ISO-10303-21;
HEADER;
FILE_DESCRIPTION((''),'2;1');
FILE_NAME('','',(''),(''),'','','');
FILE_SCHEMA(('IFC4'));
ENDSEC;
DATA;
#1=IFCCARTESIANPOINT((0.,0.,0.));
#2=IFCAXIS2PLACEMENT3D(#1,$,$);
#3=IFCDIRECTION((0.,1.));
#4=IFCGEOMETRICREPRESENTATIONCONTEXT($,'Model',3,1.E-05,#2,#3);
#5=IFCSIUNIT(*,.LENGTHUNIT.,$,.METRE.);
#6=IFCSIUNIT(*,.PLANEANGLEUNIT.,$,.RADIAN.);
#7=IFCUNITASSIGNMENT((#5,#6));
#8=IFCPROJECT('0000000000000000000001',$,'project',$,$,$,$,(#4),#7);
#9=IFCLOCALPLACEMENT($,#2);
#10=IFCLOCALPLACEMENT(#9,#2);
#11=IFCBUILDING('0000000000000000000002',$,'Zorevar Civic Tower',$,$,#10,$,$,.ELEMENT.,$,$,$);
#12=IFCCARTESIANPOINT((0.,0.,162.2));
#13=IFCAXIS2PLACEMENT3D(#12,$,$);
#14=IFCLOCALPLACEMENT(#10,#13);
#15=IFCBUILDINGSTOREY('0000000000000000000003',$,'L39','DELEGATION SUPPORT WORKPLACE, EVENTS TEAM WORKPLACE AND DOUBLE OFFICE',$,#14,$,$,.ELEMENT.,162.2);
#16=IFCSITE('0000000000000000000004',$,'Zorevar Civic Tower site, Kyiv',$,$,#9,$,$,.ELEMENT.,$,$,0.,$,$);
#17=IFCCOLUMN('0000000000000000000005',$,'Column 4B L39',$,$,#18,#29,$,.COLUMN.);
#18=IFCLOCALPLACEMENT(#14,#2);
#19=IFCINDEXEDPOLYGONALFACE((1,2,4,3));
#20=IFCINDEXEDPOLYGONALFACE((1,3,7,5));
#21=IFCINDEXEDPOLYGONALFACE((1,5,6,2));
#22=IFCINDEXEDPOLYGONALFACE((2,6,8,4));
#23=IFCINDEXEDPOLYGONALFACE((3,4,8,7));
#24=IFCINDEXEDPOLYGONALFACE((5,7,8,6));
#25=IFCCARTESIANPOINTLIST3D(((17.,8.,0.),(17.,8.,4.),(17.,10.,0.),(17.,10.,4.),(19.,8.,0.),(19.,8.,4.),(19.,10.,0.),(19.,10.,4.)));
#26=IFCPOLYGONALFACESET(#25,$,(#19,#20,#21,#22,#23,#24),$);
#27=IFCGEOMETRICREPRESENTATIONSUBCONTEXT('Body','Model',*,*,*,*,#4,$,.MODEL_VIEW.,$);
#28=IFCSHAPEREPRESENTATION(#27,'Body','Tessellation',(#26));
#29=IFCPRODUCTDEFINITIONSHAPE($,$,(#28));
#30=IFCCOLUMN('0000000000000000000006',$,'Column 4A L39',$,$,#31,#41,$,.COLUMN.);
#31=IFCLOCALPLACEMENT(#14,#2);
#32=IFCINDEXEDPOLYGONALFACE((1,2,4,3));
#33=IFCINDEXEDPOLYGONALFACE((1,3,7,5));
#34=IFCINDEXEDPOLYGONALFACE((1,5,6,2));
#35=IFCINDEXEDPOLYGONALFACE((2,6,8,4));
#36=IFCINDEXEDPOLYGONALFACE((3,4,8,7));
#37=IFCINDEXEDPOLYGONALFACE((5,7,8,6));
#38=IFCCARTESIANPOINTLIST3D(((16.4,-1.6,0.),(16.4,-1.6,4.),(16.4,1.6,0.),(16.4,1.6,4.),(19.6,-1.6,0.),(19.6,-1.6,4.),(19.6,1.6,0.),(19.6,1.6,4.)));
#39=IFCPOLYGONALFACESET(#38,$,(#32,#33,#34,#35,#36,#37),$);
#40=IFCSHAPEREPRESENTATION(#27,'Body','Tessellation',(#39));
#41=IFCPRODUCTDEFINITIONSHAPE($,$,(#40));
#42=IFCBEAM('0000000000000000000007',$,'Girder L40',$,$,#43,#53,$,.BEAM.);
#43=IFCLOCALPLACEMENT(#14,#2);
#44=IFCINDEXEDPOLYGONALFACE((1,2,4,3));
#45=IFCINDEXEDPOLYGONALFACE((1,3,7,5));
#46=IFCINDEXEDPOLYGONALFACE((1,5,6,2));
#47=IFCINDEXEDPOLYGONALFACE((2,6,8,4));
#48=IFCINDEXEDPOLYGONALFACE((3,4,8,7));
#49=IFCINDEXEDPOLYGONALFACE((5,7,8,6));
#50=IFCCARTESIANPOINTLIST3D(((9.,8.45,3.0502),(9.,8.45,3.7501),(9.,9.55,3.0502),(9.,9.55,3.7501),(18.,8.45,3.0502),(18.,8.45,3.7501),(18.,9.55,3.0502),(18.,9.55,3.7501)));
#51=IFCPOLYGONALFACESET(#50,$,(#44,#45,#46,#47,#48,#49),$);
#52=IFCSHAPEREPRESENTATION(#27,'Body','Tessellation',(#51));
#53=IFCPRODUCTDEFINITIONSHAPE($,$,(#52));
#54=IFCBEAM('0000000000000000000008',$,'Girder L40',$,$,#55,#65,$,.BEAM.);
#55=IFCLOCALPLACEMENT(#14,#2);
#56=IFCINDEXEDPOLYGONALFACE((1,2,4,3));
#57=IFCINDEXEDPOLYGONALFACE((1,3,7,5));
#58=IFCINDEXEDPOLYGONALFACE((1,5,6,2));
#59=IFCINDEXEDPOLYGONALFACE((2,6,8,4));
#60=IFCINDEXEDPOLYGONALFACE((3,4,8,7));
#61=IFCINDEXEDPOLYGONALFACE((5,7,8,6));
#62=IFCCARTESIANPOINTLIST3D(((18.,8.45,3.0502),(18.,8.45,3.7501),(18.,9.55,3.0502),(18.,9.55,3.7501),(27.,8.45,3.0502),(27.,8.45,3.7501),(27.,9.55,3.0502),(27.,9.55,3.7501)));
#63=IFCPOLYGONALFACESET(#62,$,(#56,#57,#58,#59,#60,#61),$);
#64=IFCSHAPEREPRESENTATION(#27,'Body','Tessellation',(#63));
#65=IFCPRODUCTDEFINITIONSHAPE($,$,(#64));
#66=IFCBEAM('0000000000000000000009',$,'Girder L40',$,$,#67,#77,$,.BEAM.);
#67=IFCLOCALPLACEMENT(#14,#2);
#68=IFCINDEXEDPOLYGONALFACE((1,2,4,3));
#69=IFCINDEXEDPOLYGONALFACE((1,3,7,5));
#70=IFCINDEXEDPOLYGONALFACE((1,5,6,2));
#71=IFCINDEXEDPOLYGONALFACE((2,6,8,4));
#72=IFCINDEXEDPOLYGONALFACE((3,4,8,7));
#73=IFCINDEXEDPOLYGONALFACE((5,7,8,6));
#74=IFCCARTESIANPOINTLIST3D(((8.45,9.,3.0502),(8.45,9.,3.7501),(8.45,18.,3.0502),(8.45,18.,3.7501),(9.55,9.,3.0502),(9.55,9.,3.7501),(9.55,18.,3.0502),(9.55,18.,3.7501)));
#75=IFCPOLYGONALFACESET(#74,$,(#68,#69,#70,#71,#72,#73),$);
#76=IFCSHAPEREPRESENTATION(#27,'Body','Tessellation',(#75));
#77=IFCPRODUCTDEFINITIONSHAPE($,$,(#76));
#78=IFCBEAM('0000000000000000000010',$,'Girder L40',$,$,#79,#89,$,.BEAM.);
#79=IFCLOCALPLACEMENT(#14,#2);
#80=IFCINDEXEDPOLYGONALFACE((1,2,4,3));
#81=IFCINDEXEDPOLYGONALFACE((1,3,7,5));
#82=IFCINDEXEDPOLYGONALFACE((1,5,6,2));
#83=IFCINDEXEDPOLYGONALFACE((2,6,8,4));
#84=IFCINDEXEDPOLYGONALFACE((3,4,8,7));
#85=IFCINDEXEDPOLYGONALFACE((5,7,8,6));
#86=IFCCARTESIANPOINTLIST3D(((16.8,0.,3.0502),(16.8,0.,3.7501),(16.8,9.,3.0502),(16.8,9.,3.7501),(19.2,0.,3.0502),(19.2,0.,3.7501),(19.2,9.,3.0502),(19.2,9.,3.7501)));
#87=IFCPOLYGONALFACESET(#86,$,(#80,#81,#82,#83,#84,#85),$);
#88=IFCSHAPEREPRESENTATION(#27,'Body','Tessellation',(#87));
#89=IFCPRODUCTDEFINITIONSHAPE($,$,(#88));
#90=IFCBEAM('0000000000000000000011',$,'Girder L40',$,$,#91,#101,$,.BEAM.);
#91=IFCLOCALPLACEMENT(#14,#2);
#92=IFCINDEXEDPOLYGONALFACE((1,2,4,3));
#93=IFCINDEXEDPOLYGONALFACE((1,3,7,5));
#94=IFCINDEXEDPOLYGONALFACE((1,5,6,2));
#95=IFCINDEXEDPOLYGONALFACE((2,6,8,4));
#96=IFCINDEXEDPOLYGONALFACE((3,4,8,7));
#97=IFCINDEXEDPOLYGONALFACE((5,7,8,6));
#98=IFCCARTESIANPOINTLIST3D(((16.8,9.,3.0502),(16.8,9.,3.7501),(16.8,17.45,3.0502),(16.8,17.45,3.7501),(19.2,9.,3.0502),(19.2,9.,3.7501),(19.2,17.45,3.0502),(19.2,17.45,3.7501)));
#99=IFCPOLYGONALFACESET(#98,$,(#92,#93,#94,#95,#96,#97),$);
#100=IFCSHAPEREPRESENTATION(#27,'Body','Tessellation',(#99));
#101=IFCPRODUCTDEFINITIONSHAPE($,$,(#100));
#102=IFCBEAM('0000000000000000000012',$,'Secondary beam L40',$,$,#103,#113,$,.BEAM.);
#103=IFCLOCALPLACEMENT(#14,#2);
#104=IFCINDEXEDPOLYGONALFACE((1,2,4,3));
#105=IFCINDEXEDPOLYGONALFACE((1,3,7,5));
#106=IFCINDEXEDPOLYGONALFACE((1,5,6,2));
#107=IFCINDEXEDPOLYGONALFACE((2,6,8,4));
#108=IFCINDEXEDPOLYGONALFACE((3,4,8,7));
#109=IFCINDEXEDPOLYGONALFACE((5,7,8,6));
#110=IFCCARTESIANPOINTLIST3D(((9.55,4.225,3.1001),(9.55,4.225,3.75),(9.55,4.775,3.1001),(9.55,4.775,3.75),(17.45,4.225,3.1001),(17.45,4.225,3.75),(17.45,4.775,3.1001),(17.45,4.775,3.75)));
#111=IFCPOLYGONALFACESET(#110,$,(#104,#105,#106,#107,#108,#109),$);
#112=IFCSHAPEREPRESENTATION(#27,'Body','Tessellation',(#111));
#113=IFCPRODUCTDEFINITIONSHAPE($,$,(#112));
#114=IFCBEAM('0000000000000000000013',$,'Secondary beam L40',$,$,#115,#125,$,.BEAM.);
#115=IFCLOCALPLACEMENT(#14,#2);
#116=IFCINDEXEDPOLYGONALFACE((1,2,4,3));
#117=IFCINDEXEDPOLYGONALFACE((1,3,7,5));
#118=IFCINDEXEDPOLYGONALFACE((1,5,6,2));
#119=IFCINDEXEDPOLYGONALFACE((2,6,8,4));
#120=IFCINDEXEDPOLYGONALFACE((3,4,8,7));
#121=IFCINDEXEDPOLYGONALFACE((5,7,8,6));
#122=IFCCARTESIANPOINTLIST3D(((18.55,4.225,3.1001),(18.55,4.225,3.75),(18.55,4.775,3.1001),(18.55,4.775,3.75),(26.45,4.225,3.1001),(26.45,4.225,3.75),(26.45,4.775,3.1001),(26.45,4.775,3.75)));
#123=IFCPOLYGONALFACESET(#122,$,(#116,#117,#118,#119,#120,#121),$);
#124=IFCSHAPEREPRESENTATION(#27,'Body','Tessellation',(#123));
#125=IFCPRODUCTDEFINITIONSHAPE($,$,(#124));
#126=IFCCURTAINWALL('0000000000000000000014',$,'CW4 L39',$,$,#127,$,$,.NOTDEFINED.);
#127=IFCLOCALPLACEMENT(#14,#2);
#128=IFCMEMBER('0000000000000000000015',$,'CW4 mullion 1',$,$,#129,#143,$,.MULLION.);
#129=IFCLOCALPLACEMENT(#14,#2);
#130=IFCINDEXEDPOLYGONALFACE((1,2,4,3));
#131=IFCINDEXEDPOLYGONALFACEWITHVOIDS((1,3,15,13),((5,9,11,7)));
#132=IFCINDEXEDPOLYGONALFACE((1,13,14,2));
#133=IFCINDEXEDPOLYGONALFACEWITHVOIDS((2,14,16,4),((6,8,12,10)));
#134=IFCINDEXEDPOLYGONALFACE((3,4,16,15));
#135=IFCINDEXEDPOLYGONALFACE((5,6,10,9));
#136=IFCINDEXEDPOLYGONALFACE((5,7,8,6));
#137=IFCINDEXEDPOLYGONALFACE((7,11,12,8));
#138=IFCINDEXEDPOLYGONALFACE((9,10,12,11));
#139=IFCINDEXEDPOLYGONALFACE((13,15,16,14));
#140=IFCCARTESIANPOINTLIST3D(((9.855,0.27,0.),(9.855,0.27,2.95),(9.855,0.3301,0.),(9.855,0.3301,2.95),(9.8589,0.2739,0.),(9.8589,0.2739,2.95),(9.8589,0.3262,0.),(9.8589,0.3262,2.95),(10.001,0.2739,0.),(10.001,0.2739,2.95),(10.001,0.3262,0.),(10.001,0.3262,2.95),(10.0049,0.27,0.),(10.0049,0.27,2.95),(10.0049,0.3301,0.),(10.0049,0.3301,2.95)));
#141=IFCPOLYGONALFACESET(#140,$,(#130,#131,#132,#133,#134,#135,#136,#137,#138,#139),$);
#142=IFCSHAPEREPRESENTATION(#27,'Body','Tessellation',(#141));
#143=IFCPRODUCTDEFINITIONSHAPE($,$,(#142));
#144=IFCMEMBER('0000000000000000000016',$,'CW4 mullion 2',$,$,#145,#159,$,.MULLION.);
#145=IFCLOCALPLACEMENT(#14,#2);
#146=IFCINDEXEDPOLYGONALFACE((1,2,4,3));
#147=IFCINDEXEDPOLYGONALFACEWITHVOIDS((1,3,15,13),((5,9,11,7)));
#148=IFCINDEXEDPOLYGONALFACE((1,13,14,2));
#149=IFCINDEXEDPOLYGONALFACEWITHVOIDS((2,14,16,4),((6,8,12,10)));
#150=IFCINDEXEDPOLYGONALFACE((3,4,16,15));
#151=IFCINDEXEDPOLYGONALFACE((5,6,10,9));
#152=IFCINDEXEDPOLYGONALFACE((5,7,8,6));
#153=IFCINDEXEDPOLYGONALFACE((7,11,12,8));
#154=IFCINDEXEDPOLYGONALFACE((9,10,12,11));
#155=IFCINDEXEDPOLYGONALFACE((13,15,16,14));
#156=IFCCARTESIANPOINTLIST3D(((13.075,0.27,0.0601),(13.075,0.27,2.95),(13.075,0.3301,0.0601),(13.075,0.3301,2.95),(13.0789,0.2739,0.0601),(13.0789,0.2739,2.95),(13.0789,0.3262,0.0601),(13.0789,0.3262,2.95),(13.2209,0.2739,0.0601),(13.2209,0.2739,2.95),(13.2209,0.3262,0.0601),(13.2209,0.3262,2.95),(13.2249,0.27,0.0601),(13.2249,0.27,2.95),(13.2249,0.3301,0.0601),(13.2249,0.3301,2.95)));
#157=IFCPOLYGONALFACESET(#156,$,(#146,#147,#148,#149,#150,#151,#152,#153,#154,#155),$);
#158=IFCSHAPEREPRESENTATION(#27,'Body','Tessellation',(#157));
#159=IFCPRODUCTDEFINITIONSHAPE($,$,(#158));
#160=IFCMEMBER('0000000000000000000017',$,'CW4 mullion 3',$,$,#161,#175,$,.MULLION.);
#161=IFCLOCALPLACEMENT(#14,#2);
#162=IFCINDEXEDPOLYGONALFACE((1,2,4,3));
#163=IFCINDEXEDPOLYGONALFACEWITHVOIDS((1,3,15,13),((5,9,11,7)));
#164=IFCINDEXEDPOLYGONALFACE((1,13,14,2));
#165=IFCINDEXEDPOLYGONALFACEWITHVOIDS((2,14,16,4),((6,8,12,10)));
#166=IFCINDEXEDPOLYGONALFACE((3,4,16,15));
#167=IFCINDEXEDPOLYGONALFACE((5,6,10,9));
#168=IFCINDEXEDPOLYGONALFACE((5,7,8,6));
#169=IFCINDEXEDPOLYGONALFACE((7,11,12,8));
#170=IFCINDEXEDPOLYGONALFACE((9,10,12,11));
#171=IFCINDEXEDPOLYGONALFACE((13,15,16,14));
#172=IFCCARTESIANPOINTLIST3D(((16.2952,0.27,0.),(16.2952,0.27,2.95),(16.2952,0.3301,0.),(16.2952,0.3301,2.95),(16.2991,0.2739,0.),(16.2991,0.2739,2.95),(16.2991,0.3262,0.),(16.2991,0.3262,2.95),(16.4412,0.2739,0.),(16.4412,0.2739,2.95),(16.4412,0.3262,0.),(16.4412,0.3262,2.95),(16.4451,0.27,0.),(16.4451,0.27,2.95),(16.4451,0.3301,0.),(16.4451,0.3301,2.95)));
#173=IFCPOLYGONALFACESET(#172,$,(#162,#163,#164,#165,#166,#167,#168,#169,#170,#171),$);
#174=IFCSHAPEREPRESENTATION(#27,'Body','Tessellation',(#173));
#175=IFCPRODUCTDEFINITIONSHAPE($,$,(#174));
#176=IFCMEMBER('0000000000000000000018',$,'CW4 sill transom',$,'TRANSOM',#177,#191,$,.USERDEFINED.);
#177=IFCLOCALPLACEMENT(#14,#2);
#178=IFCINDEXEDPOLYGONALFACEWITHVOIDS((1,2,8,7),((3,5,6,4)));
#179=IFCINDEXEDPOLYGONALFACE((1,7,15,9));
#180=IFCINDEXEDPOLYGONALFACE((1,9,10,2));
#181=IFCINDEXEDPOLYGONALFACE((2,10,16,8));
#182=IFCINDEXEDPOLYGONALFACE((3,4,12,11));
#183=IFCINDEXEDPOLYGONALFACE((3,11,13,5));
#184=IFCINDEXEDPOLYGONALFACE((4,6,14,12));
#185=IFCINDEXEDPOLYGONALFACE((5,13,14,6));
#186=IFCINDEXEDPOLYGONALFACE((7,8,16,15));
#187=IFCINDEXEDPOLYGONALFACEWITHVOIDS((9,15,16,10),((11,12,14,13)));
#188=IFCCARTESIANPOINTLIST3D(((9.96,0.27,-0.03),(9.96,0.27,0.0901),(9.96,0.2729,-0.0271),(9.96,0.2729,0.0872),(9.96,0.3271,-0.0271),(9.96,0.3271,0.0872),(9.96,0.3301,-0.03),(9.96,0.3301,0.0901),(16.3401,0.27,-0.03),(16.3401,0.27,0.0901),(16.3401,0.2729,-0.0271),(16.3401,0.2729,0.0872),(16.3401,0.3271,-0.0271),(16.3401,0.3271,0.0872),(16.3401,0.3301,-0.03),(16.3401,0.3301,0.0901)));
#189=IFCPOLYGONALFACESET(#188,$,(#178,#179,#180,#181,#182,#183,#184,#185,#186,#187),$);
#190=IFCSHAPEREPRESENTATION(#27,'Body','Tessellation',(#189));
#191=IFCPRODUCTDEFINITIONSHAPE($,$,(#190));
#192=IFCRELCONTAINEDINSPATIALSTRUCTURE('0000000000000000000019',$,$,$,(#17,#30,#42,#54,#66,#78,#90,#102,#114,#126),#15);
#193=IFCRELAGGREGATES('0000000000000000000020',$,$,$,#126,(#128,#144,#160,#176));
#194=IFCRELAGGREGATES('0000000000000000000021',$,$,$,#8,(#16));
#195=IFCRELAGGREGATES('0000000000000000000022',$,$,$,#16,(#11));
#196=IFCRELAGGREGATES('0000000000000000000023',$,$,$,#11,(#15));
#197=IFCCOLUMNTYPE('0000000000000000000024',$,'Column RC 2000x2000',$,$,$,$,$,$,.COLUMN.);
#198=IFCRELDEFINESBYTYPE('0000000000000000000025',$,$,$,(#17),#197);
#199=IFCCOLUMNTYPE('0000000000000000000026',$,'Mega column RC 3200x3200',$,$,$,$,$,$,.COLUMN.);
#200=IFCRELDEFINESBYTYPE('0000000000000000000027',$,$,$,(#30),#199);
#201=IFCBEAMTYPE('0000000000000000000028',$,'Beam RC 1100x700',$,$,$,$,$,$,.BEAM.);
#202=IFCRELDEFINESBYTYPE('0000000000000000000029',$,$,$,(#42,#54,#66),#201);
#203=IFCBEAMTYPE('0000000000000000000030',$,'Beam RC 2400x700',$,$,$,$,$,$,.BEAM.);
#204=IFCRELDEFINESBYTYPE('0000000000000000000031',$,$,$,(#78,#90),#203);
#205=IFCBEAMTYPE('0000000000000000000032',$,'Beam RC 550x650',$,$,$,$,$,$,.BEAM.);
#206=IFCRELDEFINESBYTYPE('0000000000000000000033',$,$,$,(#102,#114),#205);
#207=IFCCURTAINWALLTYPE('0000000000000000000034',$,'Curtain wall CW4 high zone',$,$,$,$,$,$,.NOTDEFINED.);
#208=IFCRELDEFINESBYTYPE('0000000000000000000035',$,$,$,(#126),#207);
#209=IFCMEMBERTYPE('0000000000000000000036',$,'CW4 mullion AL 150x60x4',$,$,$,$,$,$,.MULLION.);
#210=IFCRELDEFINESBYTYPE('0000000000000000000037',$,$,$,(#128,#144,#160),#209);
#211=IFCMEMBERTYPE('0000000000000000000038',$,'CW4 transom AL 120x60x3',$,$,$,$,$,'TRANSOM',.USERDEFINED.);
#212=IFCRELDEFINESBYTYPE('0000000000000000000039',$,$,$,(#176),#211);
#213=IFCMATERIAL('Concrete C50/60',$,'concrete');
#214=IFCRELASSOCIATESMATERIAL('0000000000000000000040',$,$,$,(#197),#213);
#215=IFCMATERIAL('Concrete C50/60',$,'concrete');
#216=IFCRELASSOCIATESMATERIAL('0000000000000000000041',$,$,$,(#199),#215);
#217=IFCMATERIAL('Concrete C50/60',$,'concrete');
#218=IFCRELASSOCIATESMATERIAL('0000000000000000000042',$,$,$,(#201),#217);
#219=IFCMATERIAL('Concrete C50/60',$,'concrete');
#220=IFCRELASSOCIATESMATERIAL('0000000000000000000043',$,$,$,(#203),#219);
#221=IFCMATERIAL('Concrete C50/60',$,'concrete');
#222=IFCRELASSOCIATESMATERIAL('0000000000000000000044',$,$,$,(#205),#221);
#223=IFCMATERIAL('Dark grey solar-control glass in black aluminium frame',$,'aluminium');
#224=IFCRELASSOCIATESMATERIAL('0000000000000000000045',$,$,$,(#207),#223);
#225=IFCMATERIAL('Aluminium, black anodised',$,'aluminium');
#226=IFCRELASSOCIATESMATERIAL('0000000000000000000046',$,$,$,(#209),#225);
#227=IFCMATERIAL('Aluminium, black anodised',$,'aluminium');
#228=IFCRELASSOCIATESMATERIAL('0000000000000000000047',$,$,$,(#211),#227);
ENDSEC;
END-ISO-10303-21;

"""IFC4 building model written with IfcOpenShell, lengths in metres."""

from ifc_helpers import new_model, si_unit, direction, frame, origin, origin_2d, place, context, subcontext, project, spatial, rectangle, hollow_rectangle, extrude, material, material_profile, profile_set, type_object, element, aggregate, save


model = new_model("IFC4")

# Units and contexts
model_context = context("Model", 3, precision=1e-05, world=origin(), true_north=direction((0.0, 1.0)))
body_context = subcontext(model_context, "Body", "Model", "MODEL_VIEW")
ifc_project = project(units=[si_unit("LENGTHUNIT", "METRE"), si_unit("PLANEANGLEUNIT", "RADIAN")], contexts=[model_context])

# Site, building, storey
site_placement = place(None, origin())
site = spatial("IfcSite", under=ifc_project, at=site_placement, Name="Zorevar Civic Tower site, Kyiv", CompositionType="ELEMENT", RefElevation=0.0)
building_placement = place(site_placement, origin())
building = spatial("IfcBuilding", under=site, at=building_placement, Name="Zorevar Civic Tower", CompositionType="ELEMENT")
storey_placement = place(building_placement, frame((0.0, 0.0, 162.2)))
storey = spatial("IfcBuildingStorey", under=building, at=storey_placement, Name="L39", Description="DELEGATION SUPPORT WORKPLACE, EVENTS TEAM WORKPLACE AND DOUBLE OFFICE", CompositionType="ELEMENT", Elevation=162.2)

# Columns
ifc_material_1 = material(Name="Concrete C50/60", Category="concrete")
ifc_material_profile_1 = material_profile(ifc_material_1, rectangle(XDim=2.0, YDim=2.0, at=origin_2d()), Name="RC 2000x2000")
ifc_profile_set_1 = profile_set([ifc_material_profile_1], Name="Concrete C50/60")
column_type_1 = type_object("IfcColumnType", Name="Column RC 2000x2000", PredefinedType="COLUMN", material=ifc_profile_set_1)
column_1_placement = place(storey_placement, frame((18.0, 9.0, 0.0), z_axis=(0.0, 0.0, 1.0), x_axis=(1.0, 0.0, 0.0)))
element("IfcColumn", 1, at=column_1_placement, inside=storey, type_object=column_type_1, Name="Column 4B L39", PredefinedType="COLUMN", context=body_context, shape_type="SweptSolid", body=[
    extrude(rectangle(XDim=2.0, YDim=2.0, at=origin_2d()), origin(), (0.0, 0.0, 1.0), 4.0),
])
ifc_material_2 = material(Name="Concrete C50/60", Category="concrete")
ifc_material_profile_2 = material_profile(ifc_material_2, rectangle(XDim=3.2, YDim=3.2, at=origin_2d()), Name="RC 3200x3200")
ifc_profile_set_2 = profile_set([ifc_material_profile_2], Name="Concrete C50/60")
column_type_2 = type_object("IfcColumnType", Name="Mega column RC 3200x3200", PredefinedType="COLUMN", material=ifc_profile_set_2)
column_2_placement = place(storey_placement, frame((18.0, 0.0, 0.0), z_axis=(0.0, 0.0, 1.0), x_axis=(1.0, 0.0, 0.0)))
element("IfcColumn", 2, at=column_2_placement, inside=storey, type_object=column_type_2, Name="Column 4A L39", PredefinedType="COLUMN", context=body_context, shape_type="SweptSolid", body=[
    extrude(rectangle(XDim=3.2, YDim=3.2, at=origin_2d()), origin(), (0.0, 0.0, 1.0), 4.0),
])

# Beams
ifc_material_3 = material(Name="Concrete C50/60", Category="concrete")
ifc_material_profile_3 = material_profile(ifc_material_3, rectangle(XDim=1.1001, YDim=0.7, at=origin_2d()), Name="RC 1100x700")
ifc_profile_set_3 = profile_set([ifc_material_profile_3], Name="Concrete C50/60")
beam_type_1 = type_object("IfcBeamType", Name="Beam RC 1100x700", PredefinedType="BEAM", material=ifc_profile_set_3)
for number, where, z_axis, x_axis, name in (
    (3, (9.0, 9.0, 3.4001), (1.0, 0.0, 0.0), (0.0, 1.0, 0.0), "Girder L40"),
    (4, (18.0, 9.0, 3.4001), (1.0, 0.0, 0.0), (0.0, 1.0, 0.0), "Girder L40"),
    (5, (9.0, 9.0, 3.4001), (0.0, 1.0, 0.0), (-1.0, 0.0, 0.0), "Girder L40"),
):
    element("IfcBeam", number, at=place(storey_placement, frame(where, z_axis=z_axis, x_axis=x_axis)), inside=storey, type_object=beam_type_1, Name=name, PredefinedType="BEAM", context=body_context, shape_type="SweptSolid", body=[
        extrude(rectangle(XDim=1.1001, YDim=0.7, at=origin_2d()), origin(), (0.0, 0.0, 1.0), 9.0),
    ])
ifc_material_4 = material(Name="Concrete C50/60", Category="concrete")
ifc_material_profile_4 = material_profile(ifc_material_4, rectangle(XDim=2.3999, YDim=0.7, at=origin_2d()), Name="RC 2400x700")
ifc_profile_set_4 = profile_set([ifc_material_profile_4], Name="Concrete C50/60")
beam_type_2 = type_object("IfcBeamType", Name="Beam RC 2400x700", PredefinedType="BEAM", material=ifc_profile_set_4)
beam_1_placement = place(storey_placement, frame((18.0, 0.0, 3.4001), z_axis=(0.0, 1.0, 0.0), x_axis=(-1.0, 0.0, 0.0)))
element("IfcBeam", 6, at=beam_1_placement, inside=storey, type_object=beam_type_2, Name="Girder L40", PredefinedType="BEAM", context=body_context, shape_type="SweptSolid", body=[
    extrude(rectangle(XDim=2.3999, YDim=0.7, at=origin_2d()), origin(), (0.0, 0.0, 1.0), 9.0),
])
beam_2_placement = place(storey_placement, frame((18.0, 9.0, 3.4001), z_axis=(0.0, 1.0, 0.0), x_axis=(-1.0, 0.0, 0.0)))
element("IfcBeam", 7, at=beam_2_placement, inside=storey, type_object=beam_type_2, Name="Girder L40", PredefinedType="BEAM", context=body_context, shape_type="SweptSolid", body=[
    extrude(rectangle(XDim=2.3999, YDim=0.7, at=origin_2d()), origin(), (0.0, 0.0, 1.0), 8.45),
])
ifc_material_5 = material(Name="Concrete C50/60", Category="concrete")
ifc_material_profile_5 = material_profile(ifc_material_5, rectangle(XDim=0.55, YDim=0.6499, at=origin_2d()), Name="RC 550x650")
ifc_profile_set_5 = profile_set([ifc_material_profile_5], Name="Concrete C50/60")
beam_type_3 = type_object("IfcBeamType", Name="Beam RC 550x650", PredefinedType="BEAM", material=ifc_profile_set_5)
for number, where, z_axis, x_axis, name in (
    (8, (9.55, 4.5, 3.425), (1.0, 0.0, 0.0), (0.0, 1.0, 0.0), "Secondary beam L40"),
    (9, (18.55, 4.5, 3.425), (1.0, 0.0, 0.0), (0.0, 1.0, 0.0), "Secondary beam L40"),
):
    element("IfcBeam", number, at=place(storey_placement, frame(where, z_axis=z_axis, x_axis=x_axis)), inside=storey, type_object=beam_type_3, Name=name, PredefinedType="BEAM", context=body_context, shape_type="SweptSolid", body=[
        extrude(rectangle(XDim=0.55, YDim=0.6499, at=origin_2d()), origin(), (0.0, 0.0, 1.0), 7.8999),
    ])

# Curtain wall, members
ifc_material_6 = material(Name="Dark grey solar-control glass in black aluminium frame", Category="aluminium")
curtain_wall_type = type_object("IfcCurtainWallType", Name="Curtain wall CW4 high zone", PredefinedType="NOTDEFINED", material=ifc_material_6)
curtain_wall_placement = place(storey_placement, origin())
curtain_wall = element("IfcCurtainWall", 10, at=curtain_wall_placement, inside=storey, type_object=curtain_wall_type, Name="CW4 L39", PredefinedType="NOTDEFINED")
ifc_material_7 = material(Name="Aluminium, black anodised", Category="aluminium")
ifc_material_profile_6 = material_profile(ifc_material_7, hollow_rectangle(XDim=0.0601, YDim=0.1499, WallThickness=0.0039, at=origin_2d()), Name="AL 150x60x4")
ifc_profile_set_6 = profile_set([ifc_material_profile_6], Name="Aluminium, black anodised")
member_type_1 = type_object("IfcMemberType", Name="CW4 mullion AL 150x60x4", PredefinedType="MULLION", material=ifc_profile_set_6)
member_1_placement = place(storey_placement, frame((9.9299, 0.3, 0.0), z_axis=(0.0, 0.0, 1.0), x_axis=(0.0, 1.0, 0.0)))
member_1 = element("IfcMember", 11, at=member_1_placement, type_object=member_type_1, Name="CW4 mullion 1", PredefinedType="MULLION", context=body_context, shape_type="SweptSolid", body=[
    extrude(hollow_rectangle(XDim=0.0601, YDim=0.1499, WallThickness=0.0039, at=origin_2d()), origin(), (0.0, 0.0, 1.0), 2.95),
])
member_2_placement = place(storey_placement, frame((13.1499, 0.3, 0.0601), z_axis=(0.0, 0.0, 1.0), x_axis=(0.0, 1.0, 0.0)))
member_2 = element("IfcMember", 12, at=member_2_placement, type_object=member_type_1, Name="CW4 mullion 2", PredefinedType="MULLION", context=body_context, shape_type="SweptSolid", body=[
    extrude(hollow_rectangle(XDim=0.0601, YDim=0.1499, WallThickness=0.0039, at=origin_2d()), origin(), (0.0, 0.0, 1.0), 2.8899),
])
member_3_placement = place(storey_placement, frame((16.3701, 0.3, 0.0), z_axis=(0.0, 0.0, 1.0), x_axis=(0.0, 1.0, 0.0)))
member_3 = element("IfcMember", 13, at=member_3_placement, type_object=member_type_1, Name="CW4 mullion 3", PredefinedType="MULLION", context=body_context, shape_type="SweptSolid", body=[
    extrude(hollow_rectangle(XDim=0.0601, YDim=0.1499, WallThickness=0.0039, at=origin_2d()), origin(), (0.0, 0.0, 1.0), 2.95),
])
ifc_material_8 = material(Name="Aluminium, black anodised", Category="aluminium")
ifc_material_profile_7 = material_profile(ifc_material_8, hollow_rectangle(XDim=0.0601, YDim=0.1201, WallThickness=0.0029, at=origin_2d()), Name="AL 120x60x3")
ifc_profile_set_7 = profile_set([ifc_material_profile_7], Name="Aluminium, black anodised")
member_type_2 = type_object("IfcMemberType", Name="CW4 transom AL 120x60x3", ElementType="TRANSOM", PredefinedType="USERDEFINED", material=ifc_profile_set_7)
member_4_placement = place(storey_placement, frame((9.96, 0.3, 0.03), z_axis=(1.0, 0.0, 0.0), x_axis=(0.0, 1.0, 0.0)))
member_4 = element("IfcMember", 14, at=member_4_placement, type_object=member_type_2, Name="CW4 sill transom", ObjectType="TRANSOM", PredefinedType="USERDEFINED", context=body_context, shape_type="SweptSolid", body=[
    extrude(hollow_rectangle(XDim=0.0601, YDim=0.1201, WallThickness=0.0029, at=origin_2d()), origin(), (0.0, 0.0, 1.0), 6.3801),
])

aggregate(curtain_wall, [member_1, member_2, member_3, member_4])

save(model, "model.ifc")
